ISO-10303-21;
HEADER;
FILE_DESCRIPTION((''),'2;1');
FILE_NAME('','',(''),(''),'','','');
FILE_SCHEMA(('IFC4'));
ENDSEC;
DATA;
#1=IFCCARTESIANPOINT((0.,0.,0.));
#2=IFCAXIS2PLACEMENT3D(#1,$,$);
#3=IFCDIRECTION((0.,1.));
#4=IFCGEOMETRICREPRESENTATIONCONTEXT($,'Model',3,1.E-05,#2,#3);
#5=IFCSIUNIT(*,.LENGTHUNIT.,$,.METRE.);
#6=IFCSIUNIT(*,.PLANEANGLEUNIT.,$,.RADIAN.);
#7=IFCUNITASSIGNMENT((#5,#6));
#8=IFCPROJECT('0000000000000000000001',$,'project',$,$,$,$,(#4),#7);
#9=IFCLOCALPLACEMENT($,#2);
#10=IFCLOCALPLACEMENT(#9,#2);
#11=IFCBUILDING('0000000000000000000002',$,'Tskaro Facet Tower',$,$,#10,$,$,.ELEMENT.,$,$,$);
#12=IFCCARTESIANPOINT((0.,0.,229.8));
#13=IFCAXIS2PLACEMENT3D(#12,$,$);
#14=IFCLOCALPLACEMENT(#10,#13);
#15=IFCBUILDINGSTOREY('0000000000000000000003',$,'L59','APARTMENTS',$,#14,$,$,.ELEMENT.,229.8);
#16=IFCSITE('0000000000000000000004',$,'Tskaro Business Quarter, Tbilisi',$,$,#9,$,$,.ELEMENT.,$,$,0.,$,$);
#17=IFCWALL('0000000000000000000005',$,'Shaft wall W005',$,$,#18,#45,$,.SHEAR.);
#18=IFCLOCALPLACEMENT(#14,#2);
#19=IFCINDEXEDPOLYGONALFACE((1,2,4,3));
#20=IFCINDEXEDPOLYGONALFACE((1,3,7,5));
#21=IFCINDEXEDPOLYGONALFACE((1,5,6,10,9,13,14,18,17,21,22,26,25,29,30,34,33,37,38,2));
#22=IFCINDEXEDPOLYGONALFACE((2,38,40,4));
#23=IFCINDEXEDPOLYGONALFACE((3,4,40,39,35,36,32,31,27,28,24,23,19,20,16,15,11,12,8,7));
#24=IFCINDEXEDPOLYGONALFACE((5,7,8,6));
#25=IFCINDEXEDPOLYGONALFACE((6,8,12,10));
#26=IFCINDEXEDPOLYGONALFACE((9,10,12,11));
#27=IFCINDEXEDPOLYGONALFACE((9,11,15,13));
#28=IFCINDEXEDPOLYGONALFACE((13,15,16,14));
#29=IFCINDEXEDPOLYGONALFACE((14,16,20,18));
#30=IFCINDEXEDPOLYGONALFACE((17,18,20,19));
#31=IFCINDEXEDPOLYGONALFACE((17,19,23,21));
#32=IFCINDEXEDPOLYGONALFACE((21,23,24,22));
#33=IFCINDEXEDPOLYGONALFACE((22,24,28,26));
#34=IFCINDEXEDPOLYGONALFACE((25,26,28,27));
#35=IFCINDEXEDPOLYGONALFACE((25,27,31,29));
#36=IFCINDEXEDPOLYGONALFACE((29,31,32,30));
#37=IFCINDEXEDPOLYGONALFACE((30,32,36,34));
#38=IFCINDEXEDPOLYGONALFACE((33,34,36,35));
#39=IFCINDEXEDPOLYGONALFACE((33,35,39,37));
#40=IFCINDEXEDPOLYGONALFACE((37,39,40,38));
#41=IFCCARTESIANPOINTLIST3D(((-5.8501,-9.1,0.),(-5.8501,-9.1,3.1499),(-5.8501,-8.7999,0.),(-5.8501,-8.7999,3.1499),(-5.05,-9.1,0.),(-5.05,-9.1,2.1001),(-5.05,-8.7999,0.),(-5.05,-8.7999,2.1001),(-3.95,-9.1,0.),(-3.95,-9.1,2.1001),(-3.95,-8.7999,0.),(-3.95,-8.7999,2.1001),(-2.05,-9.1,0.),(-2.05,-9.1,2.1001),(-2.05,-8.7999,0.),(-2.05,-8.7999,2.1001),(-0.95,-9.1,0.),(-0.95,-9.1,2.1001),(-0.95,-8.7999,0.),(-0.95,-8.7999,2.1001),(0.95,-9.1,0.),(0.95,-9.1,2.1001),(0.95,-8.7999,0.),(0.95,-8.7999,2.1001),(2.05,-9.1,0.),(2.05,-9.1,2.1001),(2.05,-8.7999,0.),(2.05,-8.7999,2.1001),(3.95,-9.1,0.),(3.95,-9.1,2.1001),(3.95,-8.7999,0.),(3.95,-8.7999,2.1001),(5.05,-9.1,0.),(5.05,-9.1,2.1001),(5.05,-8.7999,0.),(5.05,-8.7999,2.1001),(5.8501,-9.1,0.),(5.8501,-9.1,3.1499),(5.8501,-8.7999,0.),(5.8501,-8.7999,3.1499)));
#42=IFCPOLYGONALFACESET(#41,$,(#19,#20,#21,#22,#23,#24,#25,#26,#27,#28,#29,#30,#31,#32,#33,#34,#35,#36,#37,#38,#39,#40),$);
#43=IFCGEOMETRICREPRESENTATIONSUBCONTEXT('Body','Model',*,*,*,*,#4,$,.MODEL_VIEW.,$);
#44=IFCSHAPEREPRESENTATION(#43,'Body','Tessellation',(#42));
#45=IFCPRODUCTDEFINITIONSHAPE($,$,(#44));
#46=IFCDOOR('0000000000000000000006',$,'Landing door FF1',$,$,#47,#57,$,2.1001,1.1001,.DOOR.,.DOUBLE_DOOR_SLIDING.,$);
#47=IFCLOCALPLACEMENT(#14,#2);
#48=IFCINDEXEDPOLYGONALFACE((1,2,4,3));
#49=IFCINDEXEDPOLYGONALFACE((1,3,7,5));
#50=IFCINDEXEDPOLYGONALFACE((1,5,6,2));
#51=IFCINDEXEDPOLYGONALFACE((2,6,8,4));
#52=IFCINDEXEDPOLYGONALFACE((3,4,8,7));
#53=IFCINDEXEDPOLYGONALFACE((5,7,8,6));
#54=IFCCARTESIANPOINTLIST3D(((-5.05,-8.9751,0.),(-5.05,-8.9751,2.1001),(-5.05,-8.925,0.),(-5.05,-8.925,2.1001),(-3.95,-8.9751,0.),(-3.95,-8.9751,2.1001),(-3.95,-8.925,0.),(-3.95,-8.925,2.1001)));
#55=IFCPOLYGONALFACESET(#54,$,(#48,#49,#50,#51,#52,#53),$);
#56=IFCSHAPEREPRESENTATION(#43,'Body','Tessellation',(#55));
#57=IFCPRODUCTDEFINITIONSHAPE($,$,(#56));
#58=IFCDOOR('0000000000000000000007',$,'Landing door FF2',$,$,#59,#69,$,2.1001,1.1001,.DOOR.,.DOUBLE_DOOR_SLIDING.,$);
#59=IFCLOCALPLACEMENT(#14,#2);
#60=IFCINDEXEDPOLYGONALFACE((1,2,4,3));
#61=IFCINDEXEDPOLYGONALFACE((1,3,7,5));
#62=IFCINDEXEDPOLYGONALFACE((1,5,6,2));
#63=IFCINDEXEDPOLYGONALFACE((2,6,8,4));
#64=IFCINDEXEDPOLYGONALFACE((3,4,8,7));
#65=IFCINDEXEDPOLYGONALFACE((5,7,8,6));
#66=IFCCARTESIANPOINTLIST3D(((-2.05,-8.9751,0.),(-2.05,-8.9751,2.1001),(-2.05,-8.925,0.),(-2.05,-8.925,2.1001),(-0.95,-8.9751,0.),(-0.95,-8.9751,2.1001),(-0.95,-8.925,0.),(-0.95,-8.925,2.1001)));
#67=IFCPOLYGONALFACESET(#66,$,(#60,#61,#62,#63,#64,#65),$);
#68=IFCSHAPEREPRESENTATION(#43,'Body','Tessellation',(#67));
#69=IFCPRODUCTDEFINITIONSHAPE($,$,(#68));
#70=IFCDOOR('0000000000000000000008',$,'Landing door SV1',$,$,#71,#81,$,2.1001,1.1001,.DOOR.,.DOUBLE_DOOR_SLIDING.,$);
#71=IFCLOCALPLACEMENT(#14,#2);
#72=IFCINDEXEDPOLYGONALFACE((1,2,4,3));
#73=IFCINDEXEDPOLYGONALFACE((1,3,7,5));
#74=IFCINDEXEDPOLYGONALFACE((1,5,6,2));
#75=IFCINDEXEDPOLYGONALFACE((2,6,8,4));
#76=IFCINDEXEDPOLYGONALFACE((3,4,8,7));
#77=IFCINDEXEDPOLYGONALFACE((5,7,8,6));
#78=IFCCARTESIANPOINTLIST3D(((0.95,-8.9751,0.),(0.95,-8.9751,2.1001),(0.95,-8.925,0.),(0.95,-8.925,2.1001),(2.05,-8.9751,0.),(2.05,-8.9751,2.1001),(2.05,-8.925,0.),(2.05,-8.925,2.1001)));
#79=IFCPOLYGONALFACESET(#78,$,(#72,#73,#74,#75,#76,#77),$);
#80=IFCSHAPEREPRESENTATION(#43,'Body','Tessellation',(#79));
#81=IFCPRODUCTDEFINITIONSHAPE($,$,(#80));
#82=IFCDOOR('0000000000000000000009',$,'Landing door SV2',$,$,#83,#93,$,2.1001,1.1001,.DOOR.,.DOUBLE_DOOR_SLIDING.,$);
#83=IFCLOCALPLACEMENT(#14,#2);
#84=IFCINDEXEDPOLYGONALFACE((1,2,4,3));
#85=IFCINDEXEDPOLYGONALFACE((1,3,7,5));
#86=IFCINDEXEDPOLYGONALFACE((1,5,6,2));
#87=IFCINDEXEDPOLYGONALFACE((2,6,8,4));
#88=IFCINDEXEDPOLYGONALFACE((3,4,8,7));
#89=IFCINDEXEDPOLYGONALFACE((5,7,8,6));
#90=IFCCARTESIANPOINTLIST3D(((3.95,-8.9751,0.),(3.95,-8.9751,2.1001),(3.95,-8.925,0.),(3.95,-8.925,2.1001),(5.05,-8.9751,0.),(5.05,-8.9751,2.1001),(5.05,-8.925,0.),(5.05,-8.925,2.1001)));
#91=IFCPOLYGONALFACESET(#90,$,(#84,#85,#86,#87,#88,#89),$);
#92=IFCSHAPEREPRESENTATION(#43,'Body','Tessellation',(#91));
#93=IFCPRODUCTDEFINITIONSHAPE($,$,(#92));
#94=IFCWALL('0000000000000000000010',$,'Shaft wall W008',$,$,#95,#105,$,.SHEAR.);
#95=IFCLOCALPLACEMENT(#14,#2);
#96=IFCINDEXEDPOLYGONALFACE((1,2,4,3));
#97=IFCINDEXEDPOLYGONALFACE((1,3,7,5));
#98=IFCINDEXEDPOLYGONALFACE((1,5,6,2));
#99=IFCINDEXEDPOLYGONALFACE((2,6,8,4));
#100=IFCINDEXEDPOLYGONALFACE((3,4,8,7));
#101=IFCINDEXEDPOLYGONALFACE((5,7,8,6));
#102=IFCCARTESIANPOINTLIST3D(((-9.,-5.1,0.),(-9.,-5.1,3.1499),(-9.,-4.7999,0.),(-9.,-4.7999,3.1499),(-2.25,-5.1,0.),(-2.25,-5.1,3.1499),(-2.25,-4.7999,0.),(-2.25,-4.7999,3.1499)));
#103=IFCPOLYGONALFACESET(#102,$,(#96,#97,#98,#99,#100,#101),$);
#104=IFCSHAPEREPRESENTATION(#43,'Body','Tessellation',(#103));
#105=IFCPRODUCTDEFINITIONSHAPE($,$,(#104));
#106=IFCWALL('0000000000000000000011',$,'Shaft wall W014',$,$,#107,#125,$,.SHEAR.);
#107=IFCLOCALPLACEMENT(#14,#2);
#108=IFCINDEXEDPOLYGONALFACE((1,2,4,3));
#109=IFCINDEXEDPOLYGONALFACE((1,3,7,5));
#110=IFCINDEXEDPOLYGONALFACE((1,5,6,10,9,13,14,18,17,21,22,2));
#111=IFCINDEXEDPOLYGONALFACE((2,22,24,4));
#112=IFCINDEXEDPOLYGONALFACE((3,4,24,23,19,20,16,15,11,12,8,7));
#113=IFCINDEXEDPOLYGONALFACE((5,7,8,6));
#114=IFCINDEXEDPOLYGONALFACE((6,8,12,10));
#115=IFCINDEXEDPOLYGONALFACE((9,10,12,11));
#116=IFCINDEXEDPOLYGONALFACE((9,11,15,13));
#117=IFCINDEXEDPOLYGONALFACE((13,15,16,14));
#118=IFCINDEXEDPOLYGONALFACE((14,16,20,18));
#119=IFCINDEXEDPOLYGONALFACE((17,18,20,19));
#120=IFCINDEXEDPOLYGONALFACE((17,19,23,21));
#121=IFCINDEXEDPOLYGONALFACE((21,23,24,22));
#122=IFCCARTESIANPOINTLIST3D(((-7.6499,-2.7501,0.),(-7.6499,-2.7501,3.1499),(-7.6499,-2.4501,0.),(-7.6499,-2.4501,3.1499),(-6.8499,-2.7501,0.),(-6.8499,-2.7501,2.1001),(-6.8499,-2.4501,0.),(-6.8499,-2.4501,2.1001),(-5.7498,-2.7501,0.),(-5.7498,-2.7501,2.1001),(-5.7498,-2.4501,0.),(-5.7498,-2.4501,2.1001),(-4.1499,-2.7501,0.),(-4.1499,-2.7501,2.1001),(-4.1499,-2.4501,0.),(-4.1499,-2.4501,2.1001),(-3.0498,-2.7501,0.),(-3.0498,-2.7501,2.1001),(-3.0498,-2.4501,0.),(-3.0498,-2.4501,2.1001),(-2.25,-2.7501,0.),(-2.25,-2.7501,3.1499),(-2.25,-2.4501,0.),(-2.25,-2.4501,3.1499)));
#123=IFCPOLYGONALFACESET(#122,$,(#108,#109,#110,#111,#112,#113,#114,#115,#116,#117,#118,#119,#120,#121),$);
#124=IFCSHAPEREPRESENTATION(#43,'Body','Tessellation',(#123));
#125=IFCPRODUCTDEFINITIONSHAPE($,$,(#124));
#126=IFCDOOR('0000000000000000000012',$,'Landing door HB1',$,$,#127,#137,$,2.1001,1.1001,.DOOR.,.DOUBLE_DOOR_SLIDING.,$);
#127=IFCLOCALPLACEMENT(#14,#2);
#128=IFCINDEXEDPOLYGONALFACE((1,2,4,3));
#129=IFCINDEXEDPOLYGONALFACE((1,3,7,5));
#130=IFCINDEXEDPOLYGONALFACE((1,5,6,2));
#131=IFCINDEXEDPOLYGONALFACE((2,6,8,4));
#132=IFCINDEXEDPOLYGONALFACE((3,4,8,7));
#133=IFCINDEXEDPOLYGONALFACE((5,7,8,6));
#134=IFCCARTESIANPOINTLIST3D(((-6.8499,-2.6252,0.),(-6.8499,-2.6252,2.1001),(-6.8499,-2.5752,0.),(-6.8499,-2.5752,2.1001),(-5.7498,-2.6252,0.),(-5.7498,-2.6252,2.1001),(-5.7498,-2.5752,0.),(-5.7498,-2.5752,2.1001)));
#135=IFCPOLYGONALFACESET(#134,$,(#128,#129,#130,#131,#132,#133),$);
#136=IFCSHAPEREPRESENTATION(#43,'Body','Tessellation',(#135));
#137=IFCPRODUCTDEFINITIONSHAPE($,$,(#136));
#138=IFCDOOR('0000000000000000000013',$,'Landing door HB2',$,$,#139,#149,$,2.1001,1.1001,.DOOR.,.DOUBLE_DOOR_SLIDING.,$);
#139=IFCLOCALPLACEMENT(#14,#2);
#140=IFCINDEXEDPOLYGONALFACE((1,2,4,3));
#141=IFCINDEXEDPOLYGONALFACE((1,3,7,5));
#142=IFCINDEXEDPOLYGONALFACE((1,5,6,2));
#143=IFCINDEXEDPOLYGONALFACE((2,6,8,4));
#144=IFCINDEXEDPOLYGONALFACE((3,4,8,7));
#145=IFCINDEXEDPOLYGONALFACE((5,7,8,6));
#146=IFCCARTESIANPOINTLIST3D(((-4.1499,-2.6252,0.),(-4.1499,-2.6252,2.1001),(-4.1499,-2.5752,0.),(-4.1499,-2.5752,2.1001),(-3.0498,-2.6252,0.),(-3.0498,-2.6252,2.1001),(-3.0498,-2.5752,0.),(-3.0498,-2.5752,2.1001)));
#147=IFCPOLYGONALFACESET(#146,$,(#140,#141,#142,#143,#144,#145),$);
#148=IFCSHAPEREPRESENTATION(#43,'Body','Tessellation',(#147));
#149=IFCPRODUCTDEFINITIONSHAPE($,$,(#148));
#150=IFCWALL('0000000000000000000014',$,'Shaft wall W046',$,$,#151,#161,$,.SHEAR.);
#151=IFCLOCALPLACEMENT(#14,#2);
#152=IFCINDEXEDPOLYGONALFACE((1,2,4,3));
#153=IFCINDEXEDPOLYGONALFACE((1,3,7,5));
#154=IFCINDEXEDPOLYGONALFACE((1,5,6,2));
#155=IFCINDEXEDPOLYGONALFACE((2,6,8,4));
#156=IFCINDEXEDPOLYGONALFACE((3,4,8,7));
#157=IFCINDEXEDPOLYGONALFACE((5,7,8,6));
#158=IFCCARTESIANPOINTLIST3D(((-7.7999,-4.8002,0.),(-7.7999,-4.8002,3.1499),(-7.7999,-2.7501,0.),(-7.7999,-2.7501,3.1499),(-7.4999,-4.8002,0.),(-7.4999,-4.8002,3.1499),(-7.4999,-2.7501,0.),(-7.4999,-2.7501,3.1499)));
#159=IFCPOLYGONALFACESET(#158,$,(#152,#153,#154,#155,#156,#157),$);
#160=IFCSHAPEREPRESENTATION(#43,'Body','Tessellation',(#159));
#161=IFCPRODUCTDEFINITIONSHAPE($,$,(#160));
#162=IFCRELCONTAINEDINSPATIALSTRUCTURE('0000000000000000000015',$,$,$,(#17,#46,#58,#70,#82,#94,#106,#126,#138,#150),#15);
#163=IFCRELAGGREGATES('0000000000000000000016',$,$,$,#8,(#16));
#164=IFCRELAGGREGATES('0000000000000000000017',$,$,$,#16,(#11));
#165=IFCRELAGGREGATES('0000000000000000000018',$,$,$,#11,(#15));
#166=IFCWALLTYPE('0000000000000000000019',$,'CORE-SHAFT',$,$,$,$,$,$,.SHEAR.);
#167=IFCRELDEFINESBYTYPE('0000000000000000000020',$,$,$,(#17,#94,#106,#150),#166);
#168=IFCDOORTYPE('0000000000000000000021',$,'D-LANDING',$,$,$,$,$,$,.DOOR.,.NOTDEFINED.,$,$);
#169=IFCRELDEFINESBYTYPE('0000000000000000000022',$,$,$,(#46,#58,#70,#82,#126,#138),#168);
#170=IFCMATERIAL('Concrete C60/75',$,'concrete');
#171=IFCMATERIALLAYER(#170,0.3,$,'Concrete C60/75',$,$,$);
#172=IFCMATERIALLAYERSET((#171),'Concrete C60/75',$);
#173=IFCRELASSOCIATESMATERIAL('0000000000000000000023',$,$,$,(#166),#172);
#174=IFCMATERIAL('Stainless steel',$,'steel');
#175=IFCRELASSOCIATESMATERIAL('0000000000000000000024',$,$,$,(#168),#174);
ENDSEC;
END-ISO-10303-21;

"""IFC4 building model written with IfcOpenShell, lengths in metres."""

from ifc_helpers import new_model, si_unit, direction, frame, frame_2d, origin, place, context, subcontext, project, spatial, rectangle, extrude, material, layer, layer_set, type_object, element, fill, save


model = new_model("IFC4")

# Units and contexts
model_context = context("Model", 3, precision=1e-05, world=origin(), true_north=direction((0.0, 1.0)))
body_context = subcontext(model_context, "Body", "Model", "MODEL_VIEW")
ifc_project = project(units=[si_unit("LENGTHUNIT", "METRE"), si_unit("PLANEANGLEUNIT", "RADIAN")], contexts=[model_context])

# Site, building, storey
site_placement = place(None, origin())
site = spatial("IfcSite", under=ifc_project, at=site_placement, Name="Tskaro Business Quarter, Tbilisi", CompositionType="ELEMENT", RefElevation=0.0)
building_placement = place(site_placement, origin())
building = spatial("IfcBuilding", under=site, at=building_placement, Name="Tskaro Facet Tower", CompositionType="ELEMENT")
storey_placement = place(building_placement, frame((0.0, 0.0, 229.8)))
storey = spatial("IfcBuildingStorey", under=building, at=storey_placement, Name="L59", Description="APARTMENTS", CompositionType="ELEMENT", Elevation=229.8)

# Wall, openings, doors
ifc_material_1 = material(Name="Concrete C60/75", Category="concrete")
ifc_layer_1 = layer(ifc_material_1, 0.3, Name="Concrete C60/75")
ifc_layer_set_1 = layer_set([ifc_layer_1], Name="Concrete C60/75")
wall_type_1 = type_object("IfcWallType", Name="CORE-SHAFT", PredefinedType="SHEAR", material=ifc_layer_set_1)
wall_1_placement = place(storey_placement, frame((-5.8501, -8.95, 0.0), z_axis=(0.0, 0.0, 1.0), x_axis=(1.0, 0.0, 0.0)))
wall_1 = element("IfcWall", 1, at=wall_1_placement, inside=storey, type_object=wall_type_1, Name="Shaft wall W005", PredefinedType="SHEAR", context=body_context, shape_type="SweptSolid", body=[
    extrude(rectangle(XDim=11.7002, YDim=0.3, at=frame_2d((5.8501, 0.0))), origin(), (0.0, 0.0, 1.0), 3.1499),
])
opening_1_placement = place(wall_1_placement, frame((0.8, 0.0, 0.0)))
opening_1 = element("IfcOpeningElement", 2, at=opening_1_placement, cuts=wall_1, PredefinedType="OPENING", context=body_context, shape_type="SweptSolid", body=[
    extrude(rectangle(XDim=1.1001, YDim=2.1001, at=frame_2d((0.55, 1.05))), frame((0.0, 0.1599, 0.0), z_axis=(0.0, -1.0, 0.0), x_axis=(1.0, 0.0, 0.0)), (0.0, 0.0, 1.0), 0.3201),
])
opening_2_placement = place(wall_1_placement, frame((3.8, 0.0, 0.0)))
opening_2 = element("IfcOpeningElement", 3, at=opening_2_placement, cuts=wall_1, PredefinedType="OPENING", context=body_context, shape_type="SweptSolid", body=[
    extrude(rectangle(XDim=1.1001, YDim=2.1001, at=frame_2d((0.55, 1.05))), frame((0.0, 0.1599, 0.0), z_axis=(0.0, -1.0, 0.0), x_axis=(1.0, 0.0, 0.0)), (0.0, 0.0, 1.0), 0.3201),
])
opening_3_placement = place(wall_1_placement, frame((6.8, 0.0, 0.0)))
opening_3 = element("IfcOpeningElement", 4, at=opening_3_placement, cuts=wall_1, PredefinedType="OPENING", context=body_context, shape_type="SweptSolid", body=[
    extrude(rectangle(XDim=1.1001, YDim=2.1001, at=frame_2d((0.55, 1.05))), frame((0.0, 0.1599, 0.0), z_axis=(0.0, -1.0, 0.0), x_axis=(1.0, 0.0, 0.0)), (0.0, 0.0, 1.0), 0.3201),
])
opening_4_placement = place(wall_1_placement, frame((9.8, 0.0, 0.0)))
opening_4 = element("IfcOpeningElement", 5, at=opening_4_placement, cuts=wall_1, PredefinedType="OPENING", context=body_context, shape_type="SweptSolid", body=[
    extrude(rectangle(XDim=1.1001, YDim=2.1001, at=frame_2d((0.55, 1.05))), frame((0.0, 0.1599, 0.0), z_axis=(0.0, -1.0, 0.0), x_axis=(1.0, 0.0, 0.0)), (0.0, 0.0, 1.0), 0.3201),
])
ifc_material_2 = material(Name="Stainless steel", Category="steel")
door_type_1 = type_object("IfcDoorType", Name="D-LANDING", OperationType="NOTDEFINED", PredefinedType="DOOR", material=ifc_material_2)
door_1_placement = place(opening_1_placement, origin())
door_1 = element("IfcDoor", 6, at=door_1_placement, inside=storey, type_object=door_type_1, Name="Landing door FF1", OperationType="DOUBLE_DOOR_SLIDING", OverallHeight=2.1001, OverallWidth=1.1001, PredefinedType="DOOR", context=body_context, shape_type="SweptSolid", body=[
    extrude(rectangle(XDim=1.1001, YDim=2.1001, at=frame_2d((0.55, 1.05))), frame((0.0, 0.0249, 0.0), z_axis=(0.0, -1.0, 0.0), x_axis=(1.0, 0.0, 0.0)), (0.0, 0.0, 1.0), 0.05),
])
fill(opening_1, door_1)
door_2_placement = place(opening_2_placement, origin())
door_2 = element("IfcDoor", 7, at=door_2_placement, inside=storey, type_object=door_type_1, Name="Landing door FF2", OperationType="DOUBLE_DOOR_SLIDING", OverallHeight=2.1001, OverallWidth=1.1001, PredefinedType="DOOR", context=body_context, shape_type="SweptSolid", body=[
    extrude(rectangle(XDim=1.1001, YDim=2.1001, at=frame_2d((0.55, 1.05))), frame((0.0, 0.0249, 0.0), z_axis=(0.0, -1.0, 0.0), x_axis=(1.0, 0.0, 0.0)), (0.0, 0.0, 1.0), 0.05),
])
fill(opening_2, door_2)
door_3_placement = place(opening_3_placement, origin())
door_3 = element("IfcDoor", 8, at=door_3_placement, inside=storey, type_object=door_type_1, Name="Landing door SV1", OperationType="DOUBLE_DOOR_SLIDING", OverallHeight=2.1001, OverallWidth=1.1001, PredefinedType="DOOR", context=body_context, shape_type="SweptSolid", body=[
    extrude(rectangle(XDim=1.1001, YDim=2.1001, at=frame_2d((0.55, 1.05))), frame((0.0, 0.0249, 0.0), z_axis=(0.0, -1.0, 0.0), x_axis=(1.0, 0.0, 0.0)), (0.0, 0.0, 1.0), 0.05),
])
fill(opening_3, door_3)
door_4_placement = place(opening_4_placement, origin())
door_4 = element("IfcDoor", 9, at=door_4_placement, inside=storey, type_object=door_type_1, Name="Landing door SV2", OperationType="DOUBLE_DOOR_SLIDING", OverallHeight=2.1001, OverallWidth=1.1001, PredefinedType="DOOR", context=body_context, shape_type="SweptSolid", body=[
    extrude(rectangle(XDim=1.1001, YDim=2.1001, at=frame_2d((0.55, 1.05))), frame((0.0, 0.0249, 0.0), z_axis=(0.0, -1.0, 0.0), x_axis=(1.0, 0.0, 0.0)), (0.0, 0.0, 1.0), 0.05),
])
fill(opening_4, door_4)

# Wall
wall_2_placement = place(storey_placement, frame((-9.0, -4.95, 0.0), z_axis=(0.0, 0.0, 1.0), x_axis=(1.0, 0.0, 0.0)))
element("IfcWall", 10, at=wall_2_placement, inside=storey, type_object=wall_type_1, Name="Shaft wall W008", PredefinedType="SHEAR", context=body_context, shape_type="SweptSolid", body=[
    extrude(rectangle(XDim=6.75, YDim=0.3, at=frame_2d((3.375, 0.0))), origin(), (0.0, 0.0, 1.0), 3.1499),
])

# Wall, openings, doors
wall_3_placement = place(storey_placement, frame((-7.6499, -2.6001, 0.0), z_axis=(0.0, 0.0, 1.0), x_axis=(1.0, 0.0, 0.0)))
wall_3 = element("IfcWall", 11, at=wall_3_placement, inside=storey, type_object=wall_type_1, Name="Shaft wall W014", PredefinedType="SHEAR", context=body_context, shape_type="SweptSolid", body=[
    extrude(rectangle(XDim=5.3999, YDim=0.3, at=frame_2d((2.7, 0.0))), origin(), (0.0, 0.0, 1.0), 3.1499),
])
opening_5_placement = place(wall_3_placement, frame((0.8, 0.0, 0.0)))
opening_5 = element("IfcOpeningElement", 12, at=opening_5_placement, cuts=wall_3, PredefinedType="OPENING", context=body_context, shape_type="SweptSolid", body=[
    extrude(rectangle(XDim=1.1001, YDim=2.1001, at=frame_2d((0.55, 1.05))), frame((0.0, 0.1599, 0.0), z_axis=(0.0, -1.0, 0.0), x_axis=(1.0, 0.0, 0.0)), (0.0, 0.0, 1.0), 0.3201),
])
opening_6_placement = place(wall_3_placement, frame((3.5, 0.0, 0.0)))
opening_6 = element("IfcOpeningElement", 13, at=opening_6_placement, cuts=wall_3, PredefinedType="OPENING", context=body_context, shape_type="SweptSolid", body=[
    extrude(rectangle(XDim=1.1001, YDim=2.1001, at=frame_2d((0.55, 1.05))), frame((0.0, 0.1599, 0.0), z_axis=(0.0, -1.0, 0.0), x_axis=(1.0, 0.0, 0.0)), (0.0, 0.0, 1.0), 0.3201),
])
door_5_placement = place(opening_5_placement, origin())
door_5 = element("IfcDoor", 14, at=door_5_placement, inside=storey, type_object=door_type_1, Name="Landing door HB1", OperationType="DOUBLE_DOOR_SLIDING", OverallHeight=2.1001, OverallWidth=1.1001, PredefinedType="DOOR", context=body_context, shape_type="SweptSolid", body=[
    extrude(rectangle(XDim=1.1001, YDim=2.1001, at=frame_2d((0.55, 1.05))), frame((0.0, 0.0249, 0.0), z_axis=(0.0, -1.0, 0.0), x_axis=(1.0, 0.0, 0.0)), (0.0, 0.0, 1.0), 0.05),
])
fill(opening_5, door_5)
door_6_placement = place(opening_6_placement, origin())
door_6 = element("IfcDoor", 15, at=door_6_placement, inside=storey, type_object=door_type_1, Name="Landing door HB2", OperationType="DOUBLE_DOOR_SLIDING", OverallHeight=2.1001, OverallWidth=1.1001, PredefinedType="DOOR", context=body_context, shape_type="SweptSolid", body=[
    extrude(rectangle(XDim=1.1001, YDim=2.1001, at=frame_2d((0.55, 1.05))), frame((0.0, 0.0249, 0.0), z_axis=(0.0, -1.0, 0.0), x_axis=(1.0, 0.0, 0.0)), (0.0, 0.0, 1.0), 0.05),
])
fill(opening_6, door_6)

# Wall
wall_4_placement = place(storey_placement, frame((-7.6499, -4.8, 0.0), z_axis=(0.0, 0.0, 1.0), x_axis=(0.0, 1.0, 0.0)))
element("IfcWall", 16, at=wall_4_placement, inside=storey, type_object=wall_type_1, Name="Shaft wall W046", PredefinedType="SHEAR", context=body_context, shape_type="SweptSolid", body=[
    extrude(rectangle(XDim=2.05, YDim=0.3, at=frame_2d((1.0249, 0.0))), origin(), (0.0, 0.0, 1.0), 3.1499),
])

save(model, "model.ifc")
